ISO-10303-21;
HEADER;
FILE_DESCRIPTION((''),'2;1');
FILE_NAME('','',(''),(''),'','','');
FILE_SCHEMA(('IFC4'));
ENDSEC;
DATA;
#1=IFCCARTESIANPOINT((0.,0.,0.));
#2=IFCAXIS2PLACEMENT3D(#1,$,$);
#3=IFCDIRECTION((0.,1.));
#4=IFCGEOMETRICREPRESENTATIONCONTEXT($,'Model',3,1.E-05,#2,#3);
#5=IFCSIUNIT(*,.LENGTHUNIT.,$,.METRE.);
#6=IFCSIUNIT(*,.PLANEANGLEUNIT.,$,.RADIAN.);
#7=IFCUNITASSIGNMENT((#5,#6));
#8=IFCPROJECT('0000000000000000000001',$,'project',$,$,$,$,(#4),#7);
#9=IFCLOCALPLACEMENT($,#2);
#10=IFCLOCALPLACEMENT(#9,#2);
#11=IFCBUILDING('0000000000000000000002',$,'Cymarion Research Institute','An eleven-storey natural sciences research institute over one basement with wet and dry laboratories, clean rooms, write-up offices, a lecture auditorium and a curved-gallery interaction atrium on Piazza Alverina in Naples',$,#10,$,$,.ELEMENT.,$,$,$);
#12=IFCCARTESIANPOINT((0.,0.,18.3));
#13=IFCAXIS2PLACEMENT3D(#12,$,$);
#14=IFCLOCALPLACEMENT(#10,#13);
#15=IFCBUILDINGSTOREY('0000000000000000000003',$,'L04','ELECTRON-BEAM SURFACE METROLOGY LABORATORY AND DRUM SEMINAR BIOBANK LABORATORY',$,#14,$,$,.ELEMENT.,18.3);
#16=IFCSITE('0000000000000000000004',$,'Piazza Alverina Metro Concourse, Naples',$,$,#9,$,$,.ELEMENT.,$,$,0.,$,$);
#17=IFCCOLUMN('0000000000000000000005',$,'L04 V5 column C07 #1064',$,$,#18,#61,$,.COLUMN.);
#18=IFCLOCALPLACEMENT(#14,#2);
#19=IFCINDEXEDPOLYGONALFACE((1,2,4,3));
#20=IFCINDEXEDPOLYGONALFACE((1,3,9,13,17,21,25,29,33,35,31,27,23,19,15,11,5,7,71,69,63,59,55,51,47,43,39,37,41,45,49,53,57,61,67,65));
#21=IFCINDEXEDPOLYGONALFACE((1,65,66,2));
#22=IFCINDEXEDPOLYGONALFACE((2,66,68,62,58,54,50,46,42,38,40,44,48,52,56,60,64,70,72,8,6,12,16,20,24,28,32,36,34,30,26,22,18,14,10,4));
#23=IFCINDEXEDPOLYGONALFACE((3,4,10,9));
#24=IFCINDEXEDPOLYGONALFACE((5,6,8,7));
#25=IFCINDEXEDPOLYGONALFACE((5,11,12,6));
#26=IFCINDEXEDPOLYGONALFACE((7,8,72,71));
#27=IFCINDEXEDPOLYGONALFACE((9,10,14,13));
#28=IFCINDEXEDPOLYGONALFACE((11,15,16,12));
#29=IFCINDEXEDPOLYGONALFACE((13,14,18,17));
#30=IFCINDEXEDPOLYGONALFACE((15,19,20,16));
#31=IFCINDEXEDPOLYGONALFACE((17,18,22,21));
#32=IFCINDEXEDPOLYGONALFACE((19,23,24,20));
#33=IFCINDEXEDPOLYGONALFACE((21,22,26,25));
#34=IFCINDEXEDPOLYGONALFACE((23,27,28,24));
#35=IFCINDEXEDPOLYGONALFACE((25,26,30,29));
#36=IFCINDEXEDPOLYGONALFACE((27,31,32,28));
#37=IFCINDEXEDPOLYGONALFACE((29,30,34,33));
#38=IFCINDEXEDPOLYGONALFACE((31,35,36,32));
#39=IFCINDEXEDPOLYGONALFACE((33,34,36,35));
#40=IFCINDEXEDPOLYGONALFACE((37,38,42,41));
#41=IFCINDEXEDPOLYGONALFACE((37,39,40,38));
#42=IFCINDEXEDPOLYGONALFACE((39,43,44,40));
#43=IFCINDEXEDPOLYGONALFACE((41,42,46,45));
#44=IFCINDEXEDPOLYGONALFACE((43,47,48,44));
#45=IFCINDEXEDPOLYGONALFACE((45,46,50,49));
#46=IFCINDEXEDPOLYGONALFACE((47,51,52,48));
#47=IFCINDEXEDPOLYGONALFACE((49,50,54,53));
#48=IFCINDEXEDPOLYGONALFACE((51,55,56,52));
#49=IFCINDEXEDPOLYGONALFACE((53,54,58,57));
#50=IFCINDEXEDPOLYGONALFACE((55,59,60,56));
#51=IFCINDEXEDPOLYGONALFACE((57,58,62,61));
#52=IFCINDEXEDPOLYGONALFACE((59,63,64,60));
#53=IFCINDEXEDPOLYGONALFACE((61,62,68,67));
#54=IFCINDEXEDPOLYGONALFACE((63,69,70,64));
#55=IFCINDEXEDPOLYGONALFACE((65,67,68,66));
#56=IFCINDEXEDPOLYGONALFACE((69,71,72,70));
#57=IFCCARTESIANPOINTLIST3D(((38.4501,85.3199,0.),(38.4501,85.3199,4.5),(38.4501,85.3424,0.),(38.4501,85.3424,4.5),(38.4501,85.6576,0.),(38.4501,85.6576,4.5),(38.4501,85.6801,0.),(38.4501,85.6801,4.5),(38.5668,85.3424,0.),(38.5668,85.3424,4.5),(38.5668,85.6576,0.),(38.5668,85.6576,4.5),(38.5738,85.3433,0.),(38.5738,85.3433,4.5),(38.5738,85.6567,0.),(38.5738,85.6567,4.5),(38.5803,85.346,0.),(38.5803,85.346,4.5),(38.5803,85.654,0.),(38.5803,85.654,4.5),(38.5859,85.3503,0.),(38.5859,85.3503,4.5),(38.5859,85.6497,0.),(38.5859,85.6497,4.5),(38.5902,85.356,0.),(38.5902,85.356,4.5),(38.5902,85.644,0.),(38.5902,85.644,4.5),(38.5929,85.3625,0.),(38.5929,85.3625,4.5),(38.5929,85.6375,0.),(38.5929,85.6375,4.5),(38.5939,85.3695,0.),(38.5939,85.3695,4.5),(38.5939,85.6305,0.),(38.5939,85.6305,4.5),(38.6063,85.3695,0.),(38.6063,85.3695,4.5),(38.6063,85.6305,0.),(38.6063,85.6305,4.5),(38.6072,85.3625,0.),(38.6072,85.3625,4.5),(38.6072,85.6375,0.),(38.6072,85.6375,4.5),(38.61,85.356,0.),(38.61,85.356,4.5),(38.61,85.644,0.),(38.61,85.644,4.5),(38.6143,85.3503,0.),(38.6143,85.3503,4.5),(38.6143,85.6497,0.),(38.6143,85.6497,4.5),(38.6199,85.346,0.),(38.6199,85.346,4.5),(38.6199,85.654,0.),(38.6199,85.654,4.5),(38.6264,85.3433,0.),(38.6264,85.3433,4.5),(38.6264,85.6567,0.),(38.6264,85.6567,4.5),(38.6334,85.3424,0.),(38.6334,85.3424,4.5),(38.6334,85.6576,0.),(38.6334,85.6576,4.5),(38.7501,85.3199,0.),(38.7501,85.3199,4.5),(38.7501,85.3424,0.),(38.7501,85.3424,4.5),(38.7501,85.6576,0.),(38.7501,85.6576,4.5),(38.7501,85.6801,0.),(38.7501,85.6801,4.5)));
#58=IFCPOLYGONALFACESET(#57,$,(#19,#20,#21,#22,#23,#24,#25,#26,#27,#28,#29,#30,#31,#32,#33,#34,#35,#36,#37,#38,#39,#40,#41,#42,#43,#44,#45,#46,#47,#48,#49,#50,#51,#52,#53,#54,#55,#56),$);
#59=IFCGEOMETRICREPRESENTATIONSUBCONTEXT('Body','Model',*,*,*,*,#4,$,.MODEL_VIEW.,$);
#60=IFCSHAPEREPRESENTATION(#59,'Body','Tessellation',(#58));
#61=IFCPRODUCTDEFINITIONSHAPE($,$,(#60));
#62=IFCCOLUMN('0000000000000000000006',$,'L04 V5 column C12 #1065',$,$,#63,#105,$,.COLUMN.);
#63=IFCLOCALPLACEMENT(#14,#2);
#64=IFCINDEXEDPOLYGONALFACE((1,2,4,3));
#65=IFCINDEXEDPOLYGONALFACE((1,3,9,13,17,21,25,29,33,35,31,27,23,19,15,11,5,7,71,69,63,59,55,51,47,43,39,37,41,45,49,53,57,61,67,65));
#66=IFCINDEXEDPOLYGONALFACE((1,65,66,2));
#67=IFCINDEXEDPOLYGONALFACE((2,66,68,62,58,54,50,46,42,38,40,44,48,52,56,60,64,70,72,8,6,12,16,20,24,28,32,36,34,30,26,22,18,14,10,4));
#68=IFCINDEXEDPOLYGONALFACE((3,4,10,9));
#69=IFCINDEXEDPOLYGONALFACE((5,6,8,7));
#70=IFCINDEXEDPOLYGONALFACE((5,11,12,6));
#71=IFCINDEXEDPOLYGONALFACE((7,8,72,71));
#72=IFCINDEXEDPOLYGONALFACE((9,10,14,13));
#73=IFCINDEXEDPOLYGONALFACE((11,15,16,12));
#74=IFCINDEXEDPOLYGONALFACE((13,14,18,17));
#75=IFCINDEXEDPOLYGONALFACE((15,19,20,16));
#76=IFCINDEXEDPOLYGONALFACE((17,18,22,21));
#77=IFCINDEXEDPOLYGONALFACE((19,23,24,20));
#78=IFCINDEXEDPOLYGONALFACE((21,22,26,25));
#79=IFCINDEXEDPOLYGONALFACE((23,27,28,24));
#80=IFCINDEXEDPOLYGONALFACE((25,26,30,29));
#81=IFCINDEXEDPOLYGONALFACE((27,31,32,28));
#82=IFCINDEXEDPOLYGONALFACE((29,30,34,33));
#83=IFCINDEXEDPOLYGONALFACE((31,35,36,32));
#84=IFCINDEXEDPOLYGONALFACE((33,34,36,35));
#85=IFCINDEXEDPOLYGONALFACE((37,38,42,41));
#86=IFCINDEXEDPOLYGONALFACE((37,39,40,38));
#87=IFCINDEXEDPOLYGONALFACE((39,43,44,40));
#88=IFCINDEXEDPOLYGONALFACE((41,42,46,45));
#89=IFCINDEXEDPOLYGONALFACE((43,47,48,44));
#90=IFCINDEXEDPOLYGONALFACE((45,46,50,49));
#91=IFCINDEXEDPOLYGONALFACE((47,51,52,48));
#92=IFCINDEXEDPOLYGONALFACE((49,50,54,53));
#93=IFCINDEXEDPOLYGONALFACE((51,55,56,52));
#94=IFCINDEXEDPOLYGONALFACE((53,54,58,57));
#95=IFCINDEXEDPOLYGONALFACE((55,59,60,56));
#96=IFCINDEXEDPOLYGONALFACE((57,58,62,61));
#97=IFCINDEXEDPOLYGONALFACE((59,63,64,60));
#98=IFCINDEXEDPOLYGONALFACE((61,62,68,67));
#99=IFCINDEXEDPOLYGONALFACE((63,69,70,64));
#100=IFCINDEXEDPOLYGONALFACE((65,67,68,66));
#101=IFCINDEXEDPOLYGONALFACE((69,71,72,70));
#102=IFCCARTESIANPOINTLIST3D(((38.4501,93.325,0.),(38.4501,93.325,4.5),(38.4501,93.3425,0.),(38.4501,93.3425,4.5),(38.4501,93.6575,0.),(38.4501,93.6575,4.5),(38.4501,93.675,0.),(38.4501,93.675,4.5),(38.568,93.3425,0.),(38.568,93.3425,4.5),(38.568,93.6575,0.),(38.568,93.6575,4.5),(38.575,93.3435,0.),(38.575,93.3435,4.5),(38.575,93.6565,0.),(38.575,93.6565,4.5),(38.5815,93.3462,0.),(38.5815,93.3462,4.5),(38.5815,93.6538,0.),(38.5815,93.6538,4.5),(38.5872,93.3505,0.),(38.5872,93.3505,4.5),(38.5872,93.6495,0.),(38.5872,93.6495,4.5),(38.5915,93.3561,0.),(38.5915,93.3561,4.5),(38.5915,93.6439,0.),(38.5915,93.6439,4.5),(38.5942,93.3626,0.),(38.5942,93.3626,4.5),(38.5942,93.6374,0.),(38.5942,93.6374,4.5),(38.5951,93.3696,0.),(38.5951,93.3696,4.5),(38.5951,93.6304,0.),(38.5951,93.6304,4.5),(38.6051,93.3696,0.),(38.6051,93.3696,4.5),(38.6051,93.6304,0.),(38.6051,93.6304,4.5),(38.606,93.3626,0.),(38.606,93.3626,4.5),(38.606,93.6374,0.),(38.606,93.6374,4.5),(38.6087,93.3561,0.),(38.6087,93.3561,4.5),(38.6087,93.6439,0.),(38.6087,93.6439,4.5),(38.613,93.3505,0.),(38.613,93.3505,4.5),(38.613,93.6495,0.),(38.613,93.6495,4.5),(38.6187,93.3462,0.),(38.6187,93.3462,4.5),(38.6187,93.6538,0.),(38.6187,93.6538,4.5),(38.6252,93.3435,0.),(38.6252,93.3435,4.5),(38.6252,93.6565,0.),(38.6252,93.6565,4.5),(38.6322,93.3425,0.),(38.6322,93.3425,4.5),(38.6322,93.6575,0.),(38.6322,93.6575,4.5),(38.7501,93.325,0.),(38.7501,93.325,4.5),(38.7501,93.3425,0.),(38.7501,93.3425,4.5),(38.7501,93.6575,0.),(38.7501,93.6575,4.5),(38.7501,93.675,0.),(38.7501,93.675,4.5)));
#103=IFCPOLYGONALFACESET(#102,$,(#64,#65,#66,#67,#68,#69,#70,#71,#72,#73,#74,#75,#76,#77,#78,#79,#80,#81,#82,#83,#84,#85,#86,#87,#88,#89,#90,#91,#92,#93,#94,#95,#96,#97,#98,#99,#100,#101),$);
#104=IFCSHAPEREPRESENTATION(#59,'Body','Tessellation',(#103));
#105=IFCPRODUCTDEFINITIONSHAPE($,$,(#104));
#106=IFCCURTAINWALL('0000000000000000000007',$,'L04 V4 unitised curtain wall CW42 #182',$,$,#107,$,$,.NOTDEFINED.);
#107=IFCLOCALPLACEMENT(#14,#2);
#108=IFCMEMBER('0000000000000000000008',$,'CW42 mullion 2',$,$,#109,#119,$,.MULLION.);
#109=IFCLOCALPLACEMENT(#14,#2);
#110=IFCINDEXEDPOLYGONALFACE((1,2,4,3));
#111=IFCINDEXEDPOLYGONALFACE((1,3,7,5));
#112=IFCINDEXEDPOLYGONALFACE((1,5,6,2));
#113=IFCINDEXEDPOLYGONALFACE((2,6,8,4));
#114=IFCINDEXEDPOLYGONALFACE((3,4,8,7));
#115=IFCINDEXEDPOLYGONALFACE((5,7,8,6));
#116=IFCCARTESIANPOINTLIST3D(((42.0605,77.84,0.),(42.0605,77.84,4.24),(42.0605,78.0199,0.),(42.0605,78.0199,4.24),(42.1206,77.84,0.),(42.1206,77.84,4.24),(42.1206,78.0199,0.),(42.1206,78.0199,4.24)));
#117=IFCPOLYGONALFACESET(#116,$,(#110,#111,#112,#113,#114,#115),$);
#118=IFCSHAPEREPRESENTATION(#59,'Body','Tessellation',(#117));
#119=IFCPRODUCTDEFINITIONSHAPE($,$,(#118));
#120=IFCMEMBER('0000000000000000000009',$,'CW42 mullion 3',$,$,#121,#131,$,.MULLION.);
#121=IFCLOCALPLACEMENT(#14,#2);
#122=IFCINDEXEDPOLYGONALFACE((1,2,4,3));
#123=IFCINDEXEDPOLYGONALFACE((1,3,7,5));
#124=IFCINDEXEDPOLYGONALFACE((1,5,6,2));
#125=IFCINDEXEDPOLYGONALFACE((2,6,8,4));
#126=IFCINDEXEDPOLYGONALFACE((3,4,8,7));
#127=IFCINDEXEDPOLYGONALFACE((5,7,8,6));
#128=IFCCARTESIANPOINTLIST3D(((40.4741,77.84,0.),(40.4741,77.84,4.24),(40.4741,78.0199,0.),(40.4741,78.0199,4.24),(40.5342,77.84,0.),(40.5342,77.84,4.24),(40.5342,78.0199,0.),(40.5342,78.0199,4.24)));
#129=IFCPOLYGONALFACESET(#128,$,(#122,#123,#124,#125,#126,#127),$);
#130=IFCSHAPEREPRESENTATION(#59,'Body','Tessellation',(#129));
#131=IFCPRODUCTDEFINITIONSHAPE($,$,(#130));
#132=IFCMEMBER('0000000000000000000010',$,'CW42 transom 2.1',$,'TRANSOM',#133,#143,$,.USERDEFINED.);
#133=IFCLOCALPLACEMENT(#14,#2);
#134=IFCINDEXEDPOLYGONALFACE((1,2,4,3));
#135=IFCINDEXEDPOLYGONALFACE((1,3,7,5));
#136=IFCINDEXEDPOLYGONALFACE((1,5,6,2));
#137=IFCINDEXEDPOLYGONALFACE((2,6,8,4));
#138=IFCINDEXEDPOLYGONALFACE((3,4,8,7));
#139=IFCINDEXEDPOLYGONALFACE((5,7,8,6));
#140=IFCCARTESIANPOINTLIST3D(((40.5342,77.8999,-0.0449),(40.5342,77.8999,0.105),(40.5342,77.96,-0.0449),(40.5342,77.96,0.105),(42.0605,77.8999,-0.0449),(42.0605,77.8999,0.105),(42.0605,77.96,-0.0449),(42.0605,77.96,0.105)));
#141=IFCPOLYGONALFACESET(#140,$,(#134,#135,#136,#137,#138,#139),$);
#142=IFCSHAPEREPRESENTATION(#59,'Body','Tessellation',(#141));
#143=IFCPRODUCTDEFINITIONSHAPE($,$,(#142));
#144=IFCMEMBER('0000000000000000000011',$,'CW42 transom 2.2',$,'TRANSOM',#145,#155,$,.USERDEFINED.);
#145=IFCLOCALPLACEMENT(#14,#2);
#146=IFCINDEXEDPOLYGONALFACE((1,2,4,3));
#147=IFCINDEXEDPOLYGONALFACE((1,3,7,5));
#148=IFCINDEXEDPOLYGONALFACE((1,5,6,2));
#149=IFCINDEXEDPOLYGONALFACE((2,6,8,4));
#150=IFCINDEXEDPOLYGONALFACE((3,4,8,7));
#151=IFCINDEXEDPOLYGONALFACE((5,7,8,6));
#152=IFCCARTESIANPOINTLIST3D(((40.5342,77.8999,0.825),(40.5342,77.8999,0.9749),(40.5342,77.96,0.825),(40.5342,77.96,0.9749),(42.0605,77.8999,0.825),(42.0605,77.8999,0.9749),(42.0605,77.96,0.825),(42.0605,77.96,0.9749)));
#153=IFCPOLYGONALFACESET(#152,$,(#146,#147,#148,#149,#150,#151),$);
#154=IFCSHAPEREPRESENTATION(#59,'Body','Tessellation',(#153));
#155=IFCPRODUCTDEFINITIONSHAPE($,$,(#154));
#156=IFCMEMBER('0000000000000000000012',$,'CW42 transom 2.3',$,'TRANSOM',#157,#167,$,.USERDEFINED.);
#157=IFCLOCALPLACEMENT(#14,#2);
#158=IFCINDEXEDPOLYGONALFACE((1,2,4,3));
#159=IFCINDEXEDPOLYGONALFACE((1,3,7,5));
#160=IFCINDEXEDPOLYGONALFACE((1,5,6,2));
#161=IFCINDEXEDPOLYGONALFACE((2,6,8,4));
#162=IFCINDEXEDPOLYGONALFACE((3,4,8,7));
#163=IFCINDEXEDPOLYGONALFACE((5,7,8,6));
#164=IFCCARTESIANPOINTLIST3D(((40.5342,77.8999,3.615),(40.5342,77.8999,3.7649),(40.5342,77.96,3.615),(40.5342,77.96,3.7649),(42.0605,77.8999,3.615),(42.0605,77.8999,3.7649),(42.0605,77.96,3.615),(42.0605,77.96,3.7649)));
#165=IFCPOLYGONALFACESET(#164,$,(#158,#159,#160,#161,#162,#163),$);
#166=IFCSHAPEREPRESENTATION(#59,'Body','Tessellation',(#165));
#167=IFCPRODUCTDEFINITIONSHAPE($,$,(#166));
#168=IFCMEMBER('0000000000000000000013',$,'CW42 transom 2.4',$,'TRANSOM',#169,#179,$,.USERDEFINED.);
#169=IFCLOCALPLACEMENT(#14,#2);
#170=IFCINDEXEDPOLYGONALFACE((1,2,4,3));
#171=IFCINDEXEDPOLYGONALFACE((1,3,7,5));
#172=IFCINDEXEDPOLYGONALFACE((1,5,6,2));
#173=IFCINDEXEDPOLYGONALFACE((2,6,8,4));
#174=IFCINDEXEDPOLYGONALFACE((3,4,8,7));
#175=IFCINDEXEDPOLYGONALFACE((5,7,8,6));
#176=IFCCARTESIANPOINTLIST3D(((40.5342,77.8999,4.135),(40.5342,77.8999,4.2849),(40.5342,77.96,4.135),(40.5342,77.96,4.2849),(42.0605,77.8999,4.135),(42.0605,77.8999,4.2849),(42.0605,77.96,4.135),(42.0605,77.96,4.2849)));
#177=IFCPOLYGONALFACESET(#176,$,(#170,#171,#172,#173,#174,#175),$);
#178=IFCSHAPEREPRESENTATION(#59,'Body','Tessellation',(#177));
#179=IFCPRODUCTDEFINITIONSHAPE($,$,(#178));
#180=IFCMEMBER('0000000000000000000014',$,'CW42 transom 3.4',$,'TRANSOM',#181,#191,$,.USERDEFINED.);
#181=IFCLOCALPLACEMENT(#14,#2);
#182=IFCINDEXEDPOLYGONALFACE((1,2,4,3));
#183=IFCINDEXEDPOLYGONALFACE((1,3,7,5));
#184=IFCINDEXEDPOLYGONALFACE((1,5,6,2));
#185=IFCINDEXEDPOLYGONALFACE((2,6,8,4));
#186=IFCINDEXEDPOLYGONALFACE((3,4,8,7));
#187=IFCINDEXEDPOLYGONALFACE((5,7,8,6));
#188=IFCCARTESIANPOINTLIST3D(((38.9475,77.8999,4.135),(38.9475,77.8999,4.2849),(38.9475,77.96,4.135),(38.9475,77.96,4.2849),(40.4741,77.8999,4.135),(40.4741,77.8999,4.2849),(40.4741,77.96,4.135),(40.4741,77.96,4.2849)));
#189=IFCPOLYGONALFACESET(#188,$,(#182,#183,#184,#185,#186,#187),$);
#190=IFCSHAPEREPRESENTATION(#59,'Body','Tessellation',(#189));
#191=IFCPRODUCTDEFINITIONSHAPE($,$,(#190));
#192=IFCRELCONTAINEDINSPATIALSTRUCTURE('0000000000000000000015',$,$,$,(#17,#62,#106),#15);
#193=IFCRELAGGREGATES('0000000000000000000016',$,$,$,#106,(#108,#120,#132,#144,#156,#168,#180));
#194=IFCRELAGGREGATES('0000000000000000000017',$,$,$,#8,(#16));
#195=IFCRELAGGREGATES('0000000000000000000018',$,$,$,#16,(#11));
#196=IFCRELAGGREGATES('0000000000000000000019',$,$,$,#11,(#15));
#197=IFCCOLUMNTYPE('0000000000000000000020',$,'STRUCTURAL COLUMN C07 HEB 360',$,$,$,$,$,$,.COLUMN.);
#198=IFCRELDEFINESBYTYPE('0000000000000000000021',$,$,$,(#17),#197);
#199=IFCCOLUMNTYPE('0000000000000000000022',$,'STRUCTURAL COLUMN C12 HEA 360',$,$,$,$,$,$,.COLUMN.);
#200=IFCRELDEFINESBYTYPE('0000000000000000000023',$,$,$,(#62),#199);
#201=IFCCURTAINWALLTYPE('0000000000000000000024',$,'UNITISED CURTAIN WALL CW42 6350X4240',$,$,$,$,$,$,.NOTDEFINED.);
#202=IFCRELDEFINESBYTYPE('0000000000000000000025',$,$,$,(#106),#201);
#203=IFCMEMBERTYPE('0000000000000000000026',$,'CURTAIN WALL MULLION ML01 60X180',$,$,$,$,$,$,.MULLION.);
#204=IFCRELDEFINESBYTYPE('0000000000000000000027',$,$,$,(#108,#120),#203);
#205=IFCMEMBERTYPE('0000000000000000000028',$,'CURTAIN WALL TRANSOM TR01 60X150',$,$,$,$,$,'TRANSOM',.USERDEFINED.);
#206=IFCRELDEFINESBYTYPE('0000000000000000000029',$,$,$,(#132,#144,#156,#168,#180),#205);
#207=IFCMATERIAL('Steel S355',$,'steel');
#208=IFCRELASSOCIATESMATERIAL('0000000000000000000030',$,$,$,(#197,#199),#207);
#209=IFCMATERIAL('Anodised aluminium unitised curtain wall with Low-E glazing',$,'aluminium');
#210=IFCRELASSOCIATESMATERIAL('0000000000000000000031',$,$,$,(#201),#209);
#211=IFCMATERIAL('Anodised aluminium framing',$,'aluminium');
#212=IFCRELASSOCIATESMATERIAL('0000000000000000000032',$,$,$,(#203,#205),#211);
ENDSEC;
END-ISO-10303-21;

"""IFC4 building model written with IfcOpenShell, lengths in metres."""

from ifc_helpers import new_model, si_unit, direction, frame, origin, origin_2d, place, context, subcontext, project, spatial, rectangle, i_section, extrude, material, material_profile, profile_set, type_object, element, aggregate, save


model = new_model("IFC4")

# Units and contexts
model_context = context("Model", 3, precision=1e-05, world=origin(), true_north=direction((0.0, 1.0)))
body_context = subcontext(model_context, "Body", "Model", "MODEL_VIEW")
ifc_project = project(units=[si_unit("LENGTHUNIT", "METRE"), si_unit("PLANEANGLEUNIT", "RADIAN")], contexts=[model_context])

# Site, building, storey
site_placement = place(None, origin())
site = spatial("IfcSite", under=ifc_project, at=site_placement, Name="Piazza Alverina Metro Concourse, Naples", CompositionType="ELEMENT", RefElevation=0.0)
building_placement = place(site_placement, origin())
building = spatial("IfcBuilding", under=site, at=building_placement, Name="Cymarion Research Institute", Description="An eleven-storey natural sciences research institute over one basement with wet and dry laboratories, clean rooms, write-up offices, a lecture auditorium and a curved-gallery interaction atrium on Piazza Alverina in Naples", CompositionType="ELEMENT")
storey_placement = place(building_placement, frame((0.0, 0.0, 18.3)))
storey = spatial("IfcBuildingStorey", under=building, at=storey_placement, Name="L04", Description="ELECTRON-BEAM SURFACE METROLOGY LABORATORY AND DRUM SEMINAR BIOBANK LABORATORY", CompositionType="ELEMENT", Elevation=18.3)

# Columns
ifc_material_1 = material(Name="Steel S355", Category="steel")
ifc_material_profile_1 = material_profile(ifc_material_1, i_section(OverallWidth=0.3, OverallDepth=0.3601, WebThickness=0.0125, FlangeThickness=0.0225, FilletRadius=0.0271, at=origin_2d()), Name="HEB 360")
ifc_profile_set_1 = profile_set([ifc_material_profile_1], Name="Steel S355")
column_type_1 = type_object("IfcColumnType", Name="STRUCTURAL COLUMN C07 HEB 360", PredefinedType="COLUMN", material=ifc_profile_set_1)
column_1_placement = place(storey_placement, frame((38.6001, 85.5, 0.0), z_axis=(0.0, 0.0, 1.0), x_axis=(1.0, 0.0, 0.0)))
element("IfcColumn", 1, at=column_1_placement, inside=storey, type_object=column_type_1, Name="L04 V5 column C07 #1064", PredefinedType="COLUMN", context=body_context, shape_type="SweptSolid", body=[
    extrude(i_section(OverallWidth=0.3, OverallDepth=0.3601, WebThickness=0.0125, FlangeThickness=0.0225, FilletRadius=0.0271, at=origin_2d()), origin(), (0.0, 0.0, 1.0), 4.5),
])
ifc_material_profile_2 = material_profile(ifc_material_1, i_section(OverallWidth=0.3, OverallDepth=0.3501, WebThickness=0.01, FlangeThickness=0.0176, FilletRadius=0.0271, at=origin_2d()), Name="HEA 360")
ifc_profile_set_2 = profile_set([ifc_material_profile_2], Name="Steel S355")
column_type_2 = type_object("IfcColumnType", Name="STRUCTURAL COLUMN C12 HEA 360", PredefinedType="COLUMN", material=ifc_profile_set_2)
column_2_placement = place(storey_placement, frame((38.6001, 93.5, 0.0), z_axis=(0.0, 0.0, 1.0), x_axis=(1.0, 0.0, 0.0)))
element("IfcColumn", 2, at=column_2_placement, inside=storey, type_object=column_type_2, Name="L04 V5 column C12 #1065", PredefinedType="COLUMN", context=body_context, shape_type="SweptSolid", body=[
    extrude(i_section(OverallWidth=0.3, OverallDepth=0.3501, WebThickness=0.01, FlangeThickness=0.0176, FilletRadius=0.0271, at=origin_2d()), origin(), (0.0, 0.0, 1.0), 4.5),
])

# Curtain wall, members
ifc_material_2 = material(Name="Anodised aluminium unitised curtain wall with Low-E glazing", Category="aluminium")
curtain_wall_type = type_object("IfcCurtainWallType", Name="UNITISED CURTAIN WALL CW42 6350X4240", PredefinedType="NOTDEFINED", material=ifc_material_2)
curtain_wall_placement = place(storey_placement, origin())
curtain_wall = element("IfcCurtainWall", 3, at=curtain_wall_placement, inside=storey, type_object=curtain_wall_type, Name="L04 V4 unitised curtain wall CW42 #182", PredefinedType="NOTDEFINED")
ifc_material_3 = material(Name="Anodised aluminium framing", Category="aluminium")
ifc_material_profile_3 = material_profile(ifc_material_3, rectangle(XDim=0.0601, YDim=0.1799, at=origin_2d()), Name="ALU MULLION 60x180")
ifc_profile_set_3 = profile_set([ifc_material_profile_3], Name="Anodised aluminium framing")
member_type_1 = type_object("IfcMemberType", Name="CURTAIN WALL MULLION ML01 60X180", PredefinedType="MULLION", material=ifc_profile_set_3)
member_1_placement = place(storey_placement, frame((42.0906, 77.9299, 0.0), z_axis=(0.0, 0.0, 1.0), x_axis=(-1.0, 0.0, 0.0)))
member_1 = element("IfcMember", 4, at=member_1_placement, type_object=member_type_1, Name="CW42 mullion 2", PredefinedType="MULLION", context=body_context, shape_type="SweptSolid", body=[
    extrude(rectangle(XDim=0.0601, YDim=0.1799, at=origin_2d()), origin(), (0.0, 0.0, 1.0), 4.24),
])
member_2_placement = place(storey_placement, frame((40.5042, 77.9299, 0.0), z_axis=(0.0, 0.0, 1.0), x_axis=(-1.0, 0.0, 0.0)))
member_2 = element("IfcMember", 5, at=member_2_placement, type_object=member_type_1, Name="CW42 mullion 3", PredefinedType="MULLION", context=body_context, shape_type="SweptSolid", body=[
    extrude(rectangle(XDim=0.0601, YDim=0.1799, at=origin_2d()), origin(), (0.0, 0.0, 1.0), 4.24),
])
ifc_material_profile_4 = material_profile(ifc_material_3, rectangle(XDim=0.0601, YDim=0.1499, at=origin_2d()), Name="ALU TRANSOM 60x150")
ifc_profile_set_4 = profile_set([ifc_material_profile_4], Name="Anodised aluminium framing")
member_type_2 = type_object("IfcMemberType", Name="CURTAIN WALL TRANSOM TR01 60X150", ElementType="TRANSOM", PredefinedType="USERDEFINED", material=ifc_profile_set_4)
member_3_placement = place(storey_placement, frame((42.0605, 77.9299, 0.03), z_axis=(-1.0, 0.0, 0.0), x_axis=(0.0, -1.0, 0.0)))
member_3 = element("IfcMember", 6, at=member_3_placement, type_object=member_type_2, Name="CW42 transom 2.1", ObjectType="TRANSOM", PredefinedType="USERDEFINED", context=body_context, shape_type="SweptSolid", body=[
    extrude(rectangle(XDim=0.0601, YDim=0.1499, at=origin_2d()), origin(), (0.0, 0.0, 1.0), 1.5264),
])
member_4_placement = place(storey_placement, frame((42.0605, 77.9299, 0.8999), z_axis=(-1.0, 0.0, 0.0), x_axis=(0.0, -1.0, 0.0)))
member_4 = element("IfcMember", 7, at=member_4_placement, type_object=member_type_2, Name="CW42 transom 2.2", ObjectType="TRANSOM", PredefinedType="USERDEFINED", context=body_context, shape_type="SweptSolid", body=[
    extrude(rectangle(XDim=0.0601, YDim=0.1499, at=origin_2d()), origin(), (0.0, 0.0, 1.0), 1.5264),
])
member_5_placement = place(storey_placement, frame((42.0605, 77.9299, 3.6899), z_axis=(-1.0, 0.0, 0.0), x_axis=(0.0, -1.0, 0.0)))
member_5 = element("IfcMember", 8, at=member_5_placement, type_object=member_type_2, Name="CW42 transom 2.3", ObjectType="TRANSOM", PredefinedType="USERDEFINED", context=body_context, shape_type="SweptSolid", body=[
    extrude(rectangle(XDim=0.0601, YDim=0.1499, at=origin_2d()), origin(), (0.0, 0.0, 1.0), 1.5264),
])
member_6_placement = place(storey_placement, frame((42.0605, 77.9299, 4.21), z_axis=(-1.0, 0.0, 0.0), x_axis=(0.0, -1.0, 0.0)))
member_6 = element("IfcMember", 9, at=member_6_placement, type_object=member_type_2, Name="CW42 transom 2.4", ObjectType="TRANSOM", PredefinedType="USERDEFINED", context=body_context, shape_type="SweptSolid", body=[
    extrude(rectangle(XDim=0.0601, YDim=0.1499, at=origin_2d()), origin(), (0.0, 0.0, 1.0), 1.5264),
])
member_7_placement = place(storey_placement, frame((40.4741, 77.9299, 4.21), z_axis=(-1.0, 0.0, 0.0), x_axis=(0.0, -1.0, 0.0)))
member_7 = element("IfcMember", 10, at=member_7_placement, type_object=member_type_2, Name="CW42 transom 3.4", ObjectType="TRANSOM", PredefinedType="USERDEFINED", context=body_context, shape_type="SweptSolid", body=[
    extrude(rectangle(XDim=0.0601, YDim=0.1499, at=origin_2d()), origin(), (0.0, 0.0, 1.0), 1.5266),
])

aggregate(curtain_wall, [member_1, member_2, member_3, member_4, member_5, member_6, member_7])

save(model, "model.ifc")
